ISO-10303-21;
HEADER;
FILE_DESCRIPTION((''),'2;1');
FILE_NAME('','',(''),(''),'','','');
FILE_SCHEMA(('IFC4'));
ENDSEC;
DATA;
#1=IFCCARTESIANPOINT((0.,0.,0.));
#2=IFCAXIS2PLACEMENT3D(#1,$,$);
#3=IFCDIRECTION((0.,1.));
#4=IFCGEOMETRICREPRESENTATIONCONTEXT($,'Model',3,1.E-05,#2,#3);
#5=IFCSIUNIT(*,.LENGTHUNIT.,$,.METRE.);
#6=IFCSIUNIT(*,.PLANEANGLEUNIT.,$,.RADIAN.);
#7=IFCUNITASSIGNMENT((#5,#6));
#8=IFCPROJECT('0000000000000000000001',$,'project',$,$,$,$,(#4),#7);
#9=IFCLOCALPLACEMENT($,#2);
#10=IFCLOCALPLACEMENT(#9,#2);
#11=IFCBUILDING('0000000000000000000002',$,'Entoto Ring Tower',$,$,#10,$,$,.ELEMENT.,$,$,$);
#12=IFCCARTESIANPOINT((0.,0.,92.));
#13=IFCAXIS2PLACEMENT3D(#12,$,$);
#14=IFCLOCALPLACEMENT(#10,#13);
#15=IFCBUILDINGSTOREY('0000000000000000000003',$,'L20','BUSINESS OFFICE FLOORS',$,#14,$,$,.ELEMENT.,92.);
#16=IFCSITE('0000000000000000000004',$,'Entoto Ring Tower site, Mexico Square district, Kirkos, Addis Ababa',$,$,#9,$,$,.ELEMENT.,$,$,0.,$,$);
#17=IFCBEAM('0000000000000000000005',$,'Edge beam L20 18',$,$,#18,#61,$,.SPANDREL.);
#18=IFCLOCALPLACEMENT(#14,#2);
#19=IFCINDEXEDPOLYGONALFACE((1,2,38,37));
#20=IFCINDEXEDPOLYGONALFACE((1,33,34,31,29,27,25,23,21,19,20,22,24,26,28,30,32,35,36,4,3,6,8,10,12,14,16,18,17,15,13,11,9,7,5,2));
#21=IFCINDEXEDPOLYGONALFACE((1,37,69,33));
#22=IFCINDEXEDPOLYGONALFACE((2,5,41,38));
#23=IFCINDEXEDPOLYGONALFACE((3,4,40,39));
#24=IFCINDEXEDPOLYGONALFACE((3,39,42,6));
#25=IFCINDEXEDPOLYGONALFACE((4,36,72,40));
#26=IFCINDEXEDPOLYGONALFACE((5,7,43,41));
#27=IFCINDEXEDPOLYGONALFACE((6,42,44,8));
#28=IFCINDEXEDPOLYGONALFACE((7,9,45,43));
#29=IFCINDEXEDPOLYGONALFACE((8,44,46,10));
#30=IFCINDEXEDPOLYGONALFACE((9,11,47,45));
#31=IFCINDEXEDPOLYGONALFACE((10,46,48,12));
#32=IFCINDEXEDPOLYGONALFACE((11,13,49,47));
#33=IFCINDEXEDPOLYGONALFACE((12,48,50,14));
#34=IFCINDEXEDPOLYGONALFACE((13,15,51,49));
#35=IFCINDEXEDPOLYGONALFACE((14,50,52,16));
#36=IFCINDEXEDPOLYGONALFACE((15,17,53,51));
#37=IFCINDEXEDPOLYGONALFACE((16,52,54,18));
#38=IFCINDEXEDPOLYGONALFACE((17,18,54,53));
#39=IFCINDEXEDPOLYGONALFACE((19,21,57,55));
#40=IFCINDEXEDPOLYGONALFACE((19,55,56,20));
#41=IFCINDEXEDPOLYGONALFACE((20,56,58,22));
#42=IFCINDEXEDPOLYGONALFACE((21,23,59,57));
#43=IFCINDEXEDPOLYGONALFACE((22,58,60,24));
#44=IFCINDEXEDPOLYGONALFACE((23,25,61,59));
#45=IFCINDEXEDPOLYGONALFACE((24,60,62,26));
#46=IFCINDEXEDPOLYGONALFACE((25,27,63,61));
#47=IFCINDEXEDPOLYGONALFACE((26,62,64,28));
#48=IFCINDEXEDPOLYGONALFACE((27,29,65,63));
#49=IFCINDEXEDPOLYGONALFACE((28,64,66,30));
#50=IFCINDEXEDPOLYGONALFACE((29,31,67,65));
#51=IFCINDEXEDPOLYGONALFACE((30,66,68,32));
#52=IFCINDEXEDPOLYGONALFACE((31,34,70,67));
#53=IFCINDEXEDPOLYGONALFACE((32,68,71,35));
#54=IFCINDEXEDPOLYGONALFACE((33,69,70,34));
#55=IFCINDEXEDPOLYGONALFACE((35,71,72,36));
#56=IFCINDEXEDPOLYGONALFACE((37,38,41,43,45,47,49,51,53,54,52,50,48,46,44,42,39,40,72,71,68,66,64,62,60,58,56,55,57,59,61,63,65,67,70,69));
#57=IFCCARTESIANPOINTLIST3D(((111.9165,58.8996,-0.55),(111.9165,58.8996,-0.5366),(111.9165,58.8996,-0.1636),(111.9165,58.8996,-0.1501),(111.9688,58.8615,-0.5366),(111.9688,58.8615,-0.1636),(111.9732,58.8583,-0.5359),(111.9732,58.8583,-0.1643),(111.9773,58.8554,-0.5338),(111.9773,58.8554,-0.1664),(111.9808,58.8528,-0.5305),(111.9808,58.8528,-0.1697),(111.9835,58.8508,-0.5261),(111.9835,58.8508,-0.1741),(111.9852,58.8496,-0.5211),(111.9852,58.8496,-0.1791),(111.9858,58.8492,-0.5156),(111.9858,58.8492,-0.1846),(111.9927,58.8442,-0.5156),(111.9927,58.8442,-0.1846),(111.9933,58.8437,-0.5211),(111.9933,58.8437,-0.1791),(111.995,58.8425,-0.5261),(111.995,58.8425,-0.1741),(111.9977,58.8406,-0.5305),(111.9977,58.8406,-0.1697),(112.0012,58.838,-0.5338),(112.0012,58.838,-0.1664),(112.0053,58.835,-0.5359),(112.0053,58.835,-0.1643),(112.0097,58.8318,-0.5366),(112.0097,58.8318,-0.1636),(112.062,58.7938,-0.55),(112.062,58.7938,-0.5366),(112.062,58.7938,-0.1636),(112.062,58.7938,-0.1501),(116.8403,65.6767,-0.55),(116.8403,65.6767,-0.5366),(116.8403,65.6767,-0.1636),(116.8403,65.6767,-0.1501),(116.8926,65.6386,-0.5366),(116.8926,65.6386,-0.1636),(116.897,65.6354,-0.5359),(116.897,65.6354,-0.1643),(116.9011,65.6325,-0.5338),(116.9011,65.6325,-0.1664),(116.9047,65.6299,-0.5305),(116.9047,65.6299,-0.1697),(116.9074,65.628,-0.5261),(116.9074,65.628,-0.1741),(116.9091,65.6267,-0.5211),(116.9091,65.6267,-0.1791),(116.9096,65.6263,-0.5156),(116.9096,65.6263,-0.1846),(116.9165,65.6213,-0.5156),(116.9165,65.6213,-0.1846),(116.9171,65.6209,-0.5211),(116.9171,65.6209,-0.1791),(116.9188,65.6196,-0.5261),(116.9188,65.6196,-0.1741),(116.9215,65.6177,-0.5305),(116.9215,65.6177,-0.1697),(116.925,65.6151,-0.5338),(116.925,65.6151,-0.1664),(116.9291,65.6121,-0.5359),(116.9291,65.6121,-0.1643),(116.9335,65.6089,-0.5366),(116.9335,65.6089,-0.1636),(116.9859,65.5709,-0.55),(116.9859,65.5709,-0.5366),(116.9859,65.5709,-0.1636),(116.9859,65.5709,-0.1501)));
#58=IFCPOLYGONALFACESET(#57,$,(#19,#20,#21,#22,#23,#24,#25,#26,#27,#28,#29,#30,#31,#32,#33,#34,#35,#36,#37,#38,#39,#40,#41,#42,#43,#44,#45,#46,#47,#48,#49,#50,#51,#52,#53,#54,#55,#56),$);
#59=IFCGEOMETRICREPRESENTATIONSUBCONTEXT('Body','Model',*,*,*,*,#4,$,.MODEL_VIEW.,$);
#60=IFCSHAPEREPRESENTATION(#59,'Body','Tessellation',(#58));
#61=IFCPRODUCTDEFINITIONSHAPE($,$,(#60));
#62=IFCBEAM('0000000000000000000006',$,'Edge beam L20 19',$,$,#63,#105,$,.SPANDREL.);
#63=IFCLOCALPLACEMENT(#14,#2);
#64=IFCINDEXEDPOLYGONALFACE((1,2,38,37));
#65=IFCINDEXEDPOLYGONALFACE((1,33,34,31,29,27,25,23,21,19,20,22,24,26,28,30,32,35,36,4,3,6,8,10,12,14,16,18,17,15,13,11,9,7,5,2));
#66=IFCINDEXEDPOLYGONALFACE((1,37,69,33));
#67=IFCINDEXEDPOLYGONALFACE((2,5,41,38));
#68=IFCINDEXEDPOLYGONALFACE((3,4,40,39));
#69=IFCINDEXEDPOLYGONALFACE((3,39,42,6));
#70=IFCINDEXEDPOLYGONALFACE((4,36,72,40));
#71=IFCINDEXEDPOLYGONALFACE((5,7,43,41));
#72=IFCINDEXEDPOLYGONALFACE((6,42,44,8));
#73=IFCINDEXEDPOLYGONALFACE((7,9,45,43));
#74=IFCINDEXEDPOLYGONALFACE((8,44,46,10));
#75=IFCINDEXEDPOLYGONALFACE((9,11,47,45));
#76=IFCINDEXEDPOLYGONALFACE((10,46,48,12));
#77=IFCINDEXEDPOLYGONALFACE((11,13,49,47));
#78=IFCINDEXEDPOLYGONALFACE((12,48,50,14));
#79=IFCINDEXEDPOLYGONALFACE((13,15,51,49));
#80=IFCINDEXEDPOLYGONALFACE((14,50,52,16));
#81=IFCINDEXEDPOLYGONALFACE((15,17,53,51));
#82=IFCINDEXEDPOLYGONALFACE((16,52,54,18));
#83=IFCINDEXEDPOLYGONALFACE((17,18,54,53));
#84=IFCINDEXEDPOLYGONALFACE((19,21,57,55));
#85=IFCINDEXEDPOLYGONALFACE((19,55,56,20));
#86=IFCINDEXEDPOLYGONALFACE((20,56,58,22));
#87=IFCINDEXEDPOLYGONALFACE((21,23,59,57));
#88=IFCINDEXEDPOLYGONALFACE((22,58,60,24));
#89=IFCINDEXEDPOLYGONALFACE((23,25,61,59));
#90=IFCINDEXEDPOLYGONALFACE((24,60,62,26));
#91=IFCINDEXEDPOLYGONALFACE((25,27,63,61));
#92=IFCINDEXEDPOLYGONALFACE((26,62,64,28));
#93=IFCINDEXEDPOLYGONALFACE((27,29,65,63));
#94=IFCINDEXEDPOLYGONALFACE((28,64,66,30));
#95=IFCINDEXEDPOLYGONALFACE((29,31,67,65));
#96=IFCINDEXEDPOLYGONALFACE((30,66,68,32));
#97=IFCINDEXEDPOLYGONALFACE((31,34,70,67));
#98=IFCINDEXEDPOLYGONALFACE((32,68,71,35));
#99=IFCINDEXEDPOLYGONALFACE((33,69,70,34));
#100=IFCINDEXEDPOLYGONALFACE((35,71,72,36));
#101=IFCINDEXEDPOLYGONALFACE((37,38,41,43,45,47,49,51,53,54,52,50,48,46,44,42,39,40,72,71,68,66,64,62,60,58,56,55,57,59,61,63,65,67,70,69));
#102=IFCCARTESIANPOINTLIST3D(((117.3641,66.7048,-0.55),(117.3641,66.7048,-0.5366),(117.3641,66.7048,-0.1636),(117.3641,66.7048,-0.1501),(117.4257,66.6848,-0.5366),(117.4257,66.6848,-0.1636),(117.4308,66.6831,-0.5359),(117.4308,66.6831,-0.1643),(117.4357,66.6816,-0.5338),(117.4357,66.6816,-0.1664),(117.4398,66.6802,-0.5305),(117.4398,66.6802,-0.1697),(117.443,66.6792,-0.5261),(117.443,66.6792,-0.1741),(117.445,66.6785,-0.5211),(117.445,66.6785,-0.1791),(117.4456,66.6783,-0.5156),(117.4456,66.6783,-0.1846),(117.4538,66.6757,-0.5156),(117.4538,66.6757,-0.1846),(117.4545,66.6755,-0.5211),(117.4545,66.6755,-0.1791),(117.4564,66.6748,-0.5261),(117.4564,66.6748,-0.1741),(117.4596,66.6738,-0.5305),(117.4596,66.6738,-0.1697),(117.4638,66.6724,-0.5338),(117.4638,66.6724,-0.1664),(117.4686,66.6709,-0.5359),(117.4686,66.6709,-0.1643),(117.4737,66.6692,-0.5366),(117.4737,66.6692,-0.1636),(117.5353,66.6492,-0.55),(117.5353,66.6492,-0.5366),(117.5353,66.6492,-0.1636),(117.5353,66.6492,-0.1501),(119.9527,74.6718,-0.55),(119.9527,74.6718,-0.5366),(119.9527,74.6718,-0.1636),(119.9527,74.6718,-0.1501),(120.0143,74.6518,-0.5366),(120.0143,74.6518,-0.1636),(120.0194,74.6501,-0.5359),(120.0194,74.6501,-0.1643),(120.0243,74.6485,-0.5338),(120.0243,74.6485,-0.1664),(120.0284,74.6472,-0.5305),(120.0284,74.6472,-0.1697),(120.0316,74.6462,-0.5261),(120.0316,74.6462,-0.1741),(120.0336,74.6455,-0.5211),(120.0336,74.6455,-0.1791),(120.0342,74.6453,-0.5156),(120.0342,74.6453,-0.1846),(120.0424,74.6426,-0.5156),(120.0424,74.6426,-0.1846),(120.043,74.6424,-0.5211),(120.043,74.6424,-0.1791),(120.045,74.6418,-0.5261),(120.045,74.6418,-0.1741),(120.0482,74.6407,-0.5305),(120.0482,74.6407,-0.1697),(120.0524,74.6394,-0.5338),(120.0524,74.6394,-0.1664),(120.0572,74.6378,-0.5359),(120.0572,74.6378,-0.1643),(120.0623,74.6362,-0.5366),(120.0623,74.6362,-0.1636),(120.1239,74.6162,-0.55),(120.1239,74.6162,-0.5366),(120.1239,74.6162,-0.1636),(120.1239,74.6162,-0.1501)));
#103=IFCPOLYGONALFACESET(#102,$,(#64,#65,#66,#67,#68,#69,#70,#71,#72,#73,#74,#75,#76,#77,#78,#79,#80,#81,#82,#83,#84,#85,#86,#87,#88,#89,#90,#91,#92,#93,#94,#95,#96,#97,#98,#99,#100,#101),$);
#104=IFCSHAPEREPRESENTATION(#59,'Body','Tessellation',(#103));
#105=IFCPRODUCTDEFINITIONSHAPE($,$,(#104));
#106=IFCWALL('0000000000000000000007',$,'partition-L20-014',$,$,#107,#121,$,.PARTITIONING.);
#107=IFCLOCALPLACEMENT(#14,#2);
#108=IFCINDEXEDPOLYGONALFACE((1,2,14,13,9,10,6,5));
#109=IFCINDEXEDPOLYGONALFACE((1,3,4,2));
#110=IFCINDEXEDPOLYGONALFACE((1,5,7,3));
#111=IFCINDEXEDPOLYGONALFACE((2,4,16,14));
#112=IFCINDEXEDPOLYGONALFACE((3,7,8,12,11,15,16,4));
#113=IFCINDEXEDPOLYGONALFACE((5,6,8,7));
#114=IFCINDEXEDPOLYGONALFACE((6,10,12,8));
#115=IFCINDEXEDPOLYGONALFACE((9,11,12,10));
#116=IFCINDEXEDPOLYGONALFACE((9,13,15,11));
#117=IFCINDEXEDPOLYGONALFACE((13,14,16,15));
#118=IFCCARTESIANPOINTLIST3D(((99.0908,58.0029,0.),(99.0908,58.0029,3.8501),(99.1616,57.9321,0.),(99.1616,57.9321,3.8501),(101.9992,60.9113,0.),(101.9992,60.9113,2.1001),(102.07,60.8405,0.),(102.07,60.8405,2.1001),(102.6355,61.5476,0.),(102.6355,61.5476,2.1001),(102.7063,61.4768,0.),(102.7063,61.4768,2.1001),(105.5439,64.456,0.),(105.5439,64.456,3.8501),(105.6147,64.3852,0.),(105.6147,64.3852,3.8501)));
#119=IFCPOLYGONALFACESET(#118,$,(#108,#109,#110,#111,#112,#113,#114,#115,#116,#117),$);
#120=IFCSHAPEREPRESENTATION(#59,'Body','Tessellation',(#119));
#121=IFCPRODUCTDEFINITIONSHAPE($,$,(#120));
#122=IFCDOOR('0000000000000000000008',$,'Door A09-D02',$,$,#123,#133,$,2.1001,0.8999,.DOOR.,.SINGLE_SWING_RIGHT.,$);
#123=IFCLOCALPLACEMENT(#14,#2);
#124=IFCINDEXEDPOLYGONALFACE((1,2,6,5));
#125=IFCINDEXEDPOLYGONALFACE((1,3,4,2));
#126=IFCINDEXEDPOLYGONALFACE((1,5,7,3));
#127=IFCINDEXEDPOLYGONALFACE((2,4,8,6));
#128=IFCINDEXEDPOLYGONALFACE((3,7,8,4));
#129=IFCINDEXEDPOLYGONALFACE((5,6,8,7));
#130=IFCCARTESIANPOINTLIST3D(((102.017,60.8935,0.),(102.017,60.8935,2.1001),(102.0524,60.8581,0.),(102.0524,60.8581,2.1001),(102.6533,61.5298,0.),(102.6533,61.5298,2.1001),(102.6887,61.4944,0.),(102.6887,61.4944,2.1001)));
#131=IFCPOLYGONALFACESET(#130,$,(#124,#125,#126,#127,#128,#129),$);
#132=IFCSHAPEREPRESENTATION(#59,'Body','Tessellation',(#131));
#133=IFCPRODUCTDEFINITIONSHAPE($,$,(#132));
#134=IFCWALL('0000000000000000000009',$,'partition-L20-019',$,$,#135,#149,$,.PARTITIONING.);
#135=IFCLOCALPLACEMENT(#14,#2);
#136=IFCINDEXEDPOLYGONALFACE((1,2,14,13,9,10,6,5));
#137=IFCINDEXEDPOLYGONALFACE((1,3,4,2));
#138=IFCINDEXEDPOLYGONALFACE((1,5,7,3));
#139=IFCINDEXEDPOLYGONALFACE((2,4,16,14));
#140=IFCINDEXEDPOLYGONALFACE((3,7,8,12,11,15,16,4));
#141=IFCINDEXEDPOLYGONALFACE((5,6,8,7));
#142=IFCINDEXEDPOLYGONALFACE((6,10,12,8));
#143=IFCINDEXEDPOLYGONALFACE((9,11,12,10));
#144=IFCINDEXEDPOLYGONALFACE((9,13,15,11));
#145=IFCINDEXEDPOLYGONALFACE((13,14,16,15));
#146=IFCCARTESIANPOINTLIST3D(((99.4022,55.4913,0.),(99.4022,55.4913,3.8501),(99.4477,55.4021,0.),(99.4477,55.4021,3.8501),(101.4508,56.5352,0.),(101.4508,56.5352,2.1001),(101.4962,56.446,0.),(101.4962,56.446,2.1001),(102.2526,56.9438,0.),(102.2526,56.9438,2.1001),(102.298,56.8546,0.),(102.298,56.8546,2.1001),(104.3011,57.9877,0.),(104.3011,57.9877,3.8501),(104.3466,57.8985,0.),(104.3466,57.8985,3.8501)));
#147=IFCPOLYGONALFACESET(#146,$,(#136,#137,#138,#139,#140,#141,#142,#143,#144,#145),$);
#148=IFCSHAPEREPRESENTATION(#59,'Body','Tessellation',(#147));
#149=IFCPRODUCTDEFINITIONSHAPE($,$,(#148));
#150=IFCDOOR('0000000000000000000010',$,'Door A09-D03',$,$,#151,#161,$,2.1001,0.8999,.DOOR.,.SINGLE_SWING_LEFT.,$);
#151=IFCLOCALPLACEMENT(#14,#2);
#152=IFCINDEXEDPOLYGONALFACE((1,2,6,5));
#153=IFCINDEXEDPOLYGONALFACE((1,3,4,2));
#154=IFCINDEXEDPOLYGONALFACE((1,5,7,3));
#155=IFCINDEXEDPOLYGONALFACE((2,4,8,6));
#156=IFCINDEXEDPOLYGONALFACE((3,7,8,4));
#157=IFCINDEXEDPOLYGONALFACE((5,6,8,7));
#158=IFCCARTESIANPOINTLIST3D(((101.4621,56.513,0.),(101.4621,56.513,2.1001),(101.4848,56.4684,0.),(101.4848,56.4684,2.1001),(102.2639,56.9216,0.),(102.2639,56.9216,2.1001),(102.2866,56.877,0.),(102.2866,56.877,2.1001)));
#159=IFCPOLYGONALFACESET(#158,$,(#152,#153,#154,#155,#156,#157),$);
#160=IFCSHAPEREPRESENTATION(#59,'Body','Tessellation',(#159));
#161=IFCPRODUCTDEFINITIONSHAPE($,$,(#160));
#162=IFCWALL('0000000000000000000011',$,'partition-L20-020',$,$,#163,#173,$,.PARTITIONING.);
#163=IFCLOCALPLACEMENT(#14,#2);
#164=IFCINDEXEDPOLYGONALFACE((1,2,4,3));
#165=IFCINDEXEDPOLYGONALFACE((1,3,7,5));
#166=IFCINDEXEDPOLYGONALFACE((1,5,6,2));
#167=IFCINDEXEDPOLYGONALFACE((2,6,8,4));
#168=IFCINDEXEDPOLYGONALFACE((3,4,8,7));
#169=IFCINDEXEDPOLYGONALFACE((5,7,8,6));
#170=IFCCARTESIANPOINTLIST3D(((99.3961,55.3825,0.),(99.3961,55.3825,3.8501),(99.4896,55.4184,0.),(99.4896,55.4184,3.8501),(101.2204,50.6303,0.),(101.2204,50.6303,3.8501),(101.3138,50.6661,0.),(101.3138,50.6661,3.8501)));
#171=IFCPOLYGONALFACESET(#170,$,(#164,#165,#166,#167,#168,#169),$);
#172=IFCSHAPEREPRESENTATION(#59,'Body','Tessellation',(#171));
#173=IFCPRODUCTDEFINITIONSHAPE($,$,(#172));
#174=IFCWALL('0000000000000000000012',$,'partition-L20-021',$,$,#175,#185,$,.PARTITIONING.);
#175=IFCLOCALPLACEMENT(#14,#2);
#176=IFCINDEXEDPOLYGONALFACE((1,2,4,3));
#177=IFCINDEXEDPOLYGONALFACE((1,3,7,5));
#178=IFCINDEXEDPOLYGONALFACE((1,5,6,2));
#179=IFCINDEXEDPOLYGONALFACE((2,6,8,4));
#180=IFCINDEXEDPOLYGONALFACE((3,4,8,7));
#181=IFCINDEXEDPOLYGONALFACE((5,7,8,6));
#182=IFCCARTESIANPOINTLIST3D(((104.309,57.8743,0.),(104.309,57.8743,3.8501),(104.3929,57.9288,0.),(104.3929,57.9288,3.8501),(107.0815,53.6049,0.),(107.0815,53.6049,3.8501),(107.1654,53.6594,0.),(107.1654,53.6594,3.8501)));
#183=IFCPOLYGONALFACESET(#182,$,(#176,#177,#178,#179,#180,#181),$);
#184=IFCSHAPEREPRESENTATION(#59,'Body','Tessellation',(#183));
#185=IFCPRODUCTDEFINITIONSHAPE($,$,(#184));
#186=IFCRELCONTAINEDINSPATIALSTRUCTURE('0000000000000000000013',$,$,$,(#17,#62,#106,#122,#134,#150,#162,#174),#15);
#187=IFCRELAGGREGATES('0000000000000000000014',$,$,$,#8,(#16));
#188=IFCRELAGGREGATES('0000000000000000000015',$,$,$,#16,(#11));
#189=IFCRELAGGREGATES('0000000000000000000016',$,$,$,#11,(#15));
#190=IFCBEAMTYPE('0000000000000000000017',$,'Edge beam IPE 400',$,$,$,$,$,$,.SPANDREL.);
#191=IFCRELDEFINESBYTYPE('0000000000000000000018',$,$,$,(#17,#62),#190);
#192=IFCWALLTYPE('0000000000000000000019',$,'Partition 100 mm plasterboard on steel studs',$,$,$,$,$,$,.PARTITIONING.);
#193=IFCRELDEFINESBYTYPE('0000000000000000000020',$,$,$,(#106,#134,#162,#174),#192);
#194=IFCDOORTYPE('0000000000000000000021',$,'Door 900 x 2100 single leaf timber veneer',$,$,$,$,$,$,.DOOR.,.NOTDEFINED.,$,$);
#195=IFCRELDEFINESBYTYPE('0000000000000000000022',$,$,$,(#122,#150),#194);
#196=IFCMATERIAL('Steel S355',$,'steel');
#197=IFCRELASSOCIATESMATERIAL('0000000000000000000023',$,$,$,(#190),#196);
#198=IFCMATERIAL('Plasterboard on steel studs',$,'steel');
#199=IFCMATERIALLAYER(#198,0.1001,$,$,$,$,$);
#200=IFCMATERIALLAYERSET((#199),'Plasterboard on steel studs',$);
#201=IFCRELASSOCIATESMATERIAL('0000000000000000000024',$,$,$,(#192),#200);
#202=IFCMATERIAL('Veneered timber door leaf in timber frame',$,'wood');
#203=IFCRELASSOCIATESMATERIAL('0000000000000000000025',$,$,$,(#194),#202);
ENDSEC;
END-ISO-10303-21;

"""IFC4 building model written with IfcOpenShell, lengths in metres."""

from ifc_helpers import new_model, si_unit, direction, frame, frame_2d, origin, origin_2d, place, context, subcontext, project, spatial, rectangle, i_section, extrude, material, layer, layer_set, material_profile, profile_set, type_object, element, fill, save


model = new_model("IFC4")

# Units and contexts
model_context = context("Model", 3, precision=1e-05, world=origin(), true_north=direction((0.0, 1.0)))
body_context = subcontext(model_context, "Body", "Model", "MODEL_VIEW")
ifc_project = project(units=[si_unit("LENGTHUNIT", "METRE"), si_unit("PLANEANGLEUNIT", "RADIAN")], contexts=[model_context])

# Site, building, storey
site_placement = place(None, origin())
site = spatial("IfcSite", under=ifc_project, at=site_placement, Name="Entoto Ring Tower site, Mexico Square district, Kirkos, Addis Ababa", CompositionType="ELEMENT", RefElevation=0.0)
building_placement = place(site_placement, origin())
building = spatial("IfcBuilding", under=site, at=building_placement, Name="Entoto Ring Tower", CompositionType="ELEMENT")
storey_placement = place(building_placement, frame((0.0, 0.0, 92.0)))
storey = spatial("IfcBuildingStorey", under=building, at=storey_placement, Name="L20", Description="BUSINESS OFFICE FLOORS", CompositionType="ELEMENT", Elevation=92.0)

# Beams
ifc_material_1 = material(Name="Steel S355", Category="steel")
ifc_material_profile_1 = material_profile(ifc_material_1, i_section(OverallWidth=0.1799, OverallDepth=0.3999, WebThickness=0.0085, FlangeThickness=0.0134, FilletRadius=0.021, at=origin_2d()), Name="IPE 400")
ifc_profile_set_1 = profile_set([ifc_material_profile_1], Name="Steel S355")
beam_type = type_object("IfcBeamType", Name="Edge beam IPE 400", PredefinedType="SPANDREL", material=ifc_profile_set_1)
for number, where, z_axis, x_axis, name in (
    (1, (111.9893, 58.8467, -0.3501), (0.587783, 0.809018, 0.0), (-0.809018, 0.587783, 0.0), "Edge beam L20 18"),
    (2, (117.4497, 66.677, -0.3501), (0.309014, 0.951057, 0.0), (-0.951057, 0.309014, 0.0), "Edge beam L20 19"),
):
    element("IfcBeam", number, at=place(storey_placement, frame(where, z_axis=z_axis, x_axis=x_axis)), inside=storey, type_object=beam_type, Name=name, PredefinedType="SPANDREL", context=body_context, shape_type="SweptSolid", body=[
        extrude(i_section(OverallWidth=0.1799, OverallDepth=0.3999, WebThickness=0.0085, FlangeThickness=0.0134, FilletRadius=0.021, at=origin_2d()), origin(), (0.0, 0.0, 1.0), 8.377),
    ])

# Walls, openings, doors
ifc_material_2 = material(Name="Plasterboard on steel studs", Category="steel")
ifc_layer_1 = layer(ifc_material_2, 0.1001)
ifc_layer_set_1 = layer_set([ifc_layer_1], Name="Plasterboard on steel studs")
wall_type_1 = type_object("IfcWallType", Name="Partition 100 mm plasterboard on steel studs", PredefinedType="PARTITIONING", material=ifc_layer_set_1)
wall_1_placement = place(storey_placement, frame((99.1262, 57.9675, 0.0), z_axis=(0.0, 0.0, 1.0), x_axis=(0.707107, 0.707107, 0.0)))
wall_1 = element("IfcWall", 3, at=wall_1_placement, inside=storey, type_object=wall_type_1, Name="partition-L20-014", PredefinedType="PARTITIONING", context=body_context, shape_type="SweptSolid", body=[
    extrude(rectangle(XDim=9.126, YDim=0.1001, at=frame_2d((4.563, 0.0))), origin(), (0.0, 0.0, 1.0), 3.8501),
])
opening_1_placement = place(wall_1_placement, frame((4.113, 0.0, 0.0)))
opening_1 = element("IfcOpeningElement", 4, at=opening_1_placement, cuts=wall_1, PredefinedType="OPENING", context=body_context, shape_type="SweptSolid", body=[
    extrude(rectangle(XDim=0.8999, YDim=2.1001, at=frame_2d((0.45, 1.05))), frame((0.0, 0.0601, 0.0), z_axis=(0.0, -1.0, 0.0), x_axis=(1.0, 0.0, 0.0)), (0.0, 0.0, 1.0), 0.1201),
])
ifc_material_3 = material(Name="Veneered timber door leaf in timber frame", Category="wood")
door_type = type_object("IfcDoorType", Name="Door 900 x 2100 single leaf timber veneer", OperationType="NOTDEFINED", PredefinedType="DOOR", material=ifc_material_3)
door_1_placement = place(opening_1_placement, origin())
door_1 = element("IfcDoor", 5, at=door_1_placement, inside=storey, type_object=door_type, Name="Door A09-D02", OperationType="SINGLE_SWING_RIGHT", OverallHeight=2.1001, OverallWidth=0.8999, PredefinedType="DOOR", context=body_context, shape_type="SweptSolid", body=[
    extrude(rectangle(XDim=0.8999, YDim=2.1001, at=frame_2d((0.45, 1.05))), frame((0.0, 0.0249, 0.0), z_axis=(0.0, -1.0, 0.0), x_axis=(1.0, 0.0, 0.0)), (0.0, 0.0, 1.0), 0.05),
])
fill(opening_1, door_1)
wall_2_placement = place(storey_placement, frame((99.425, 55.4468, 0.0), z_axis=(0.0, 0.0, 1.0), x_axis=(0.890991, 0.454021, 0.0)))
wall_2 = element("IfcWall", 6, at=wall_2_placement, inside=storey, type_object=wall_type_1, Name="partition-L20-019", PredefinedType="PARTITIONING", context=body_context, shape_type="SweptSolid", body=[
    extrude(rectangle(XDim=5.4983, YDim=0.1001, at=frame_2d((2.749, 0.0))), origin(), (0.0, 0.0, 1.0), 3.8501),
])
opening_2_placement = place(wall_2_placement, frame((2.2991, 0.0, 0.0)))
opening_2 = element("IfcOpeningElement", 7, at=opening_2_placement, cuts=wall_2, PredefinedType="OPENING", context=body_context, shape_type="SweptSolid", body=[
    extrude(rectangle(XDim=0.8999, YDim=2.1001, at=frame_2d((0.45, 1.05))), frame((0.0, 0.0601, 0.0), z_axis=(0.0, -1.0, 0.0), x_axis=(1.0, 0.0, 0.0)), (0.0, 0.0, 1.0), 0.1201),
])
door_2_placement = place(opening_2_placement, frame((0.8999, 0.0, 0.0), z_axis=(0.0, 0.0, 1.0), x_axis=(-1.0, 0.0, 0.0)))
door_2 = element("IfcDoor", 8, at=door_2_placement, inside=storey, type_object=door_type, Name="Door A09-D03", OperationType="SINGLE_SWING_LEFT", OverallHeight=2.1001, OverallWidth=0.8999, PredefinedType="DOOR", context=body_context, shape_type="SweptSolid", body=[
    extrude(rectangle(XDim=0.8999, YDim=2.1001, at=frame_2d((0.45, 1.05))), frame((0.0, 0.0249, 0.0), z_axis=(0.0, -1.0, 0.0), x_axis=(1.0, 0.0, 0.0)), (0.0, 0.0, 1.0), 0.05),
])
fill(opening_2, door_2)

# Walls
wall_3_placement = place(storey_placement, frame((101.2671, 50.6482, 0.0), z_axis=(0.0, 0.0, 1.0), x_axis=(-0.358372, 0.933579, 0.0)))
element("IfcWall", 9, at=wall_3_placement, inside=storey, type_object=wall_type_1, Name="partition-L20-020", PredefinedType="PARTITIONING", context=body_context, shape_type="SweptSolid", body=[
    extrude(rectangle(XDim=5.0903, YDim=0.1001, at=frame_2d((2.5452, 0.0))), origin(), (0.0, 0.0, 1.0), 3.8501),
])
wall_4_placement = place(storey_placement, frame((107.1235, 53.6321, 0.0), z_axis=(0.0, 0.0, 1.0), x_axis=(-0.544633, 0.838675, 0.0)))
element("IfcWall", 10, at=wall_4_placement, inside=storey, type_object=wall_type_1, Name="partition-L20-021", PredefinedType="PARTITIONING", context=body_context, shape_type="SweptSolid", body=[
    extrude(rectangle(XDim=5.0906, YDim=0.1001, at=frame_2d((2.5454, 0.0))), origin(), (0.0, 0.0, 1.0), 3.8501),
])

save(model, "model.ifc")
